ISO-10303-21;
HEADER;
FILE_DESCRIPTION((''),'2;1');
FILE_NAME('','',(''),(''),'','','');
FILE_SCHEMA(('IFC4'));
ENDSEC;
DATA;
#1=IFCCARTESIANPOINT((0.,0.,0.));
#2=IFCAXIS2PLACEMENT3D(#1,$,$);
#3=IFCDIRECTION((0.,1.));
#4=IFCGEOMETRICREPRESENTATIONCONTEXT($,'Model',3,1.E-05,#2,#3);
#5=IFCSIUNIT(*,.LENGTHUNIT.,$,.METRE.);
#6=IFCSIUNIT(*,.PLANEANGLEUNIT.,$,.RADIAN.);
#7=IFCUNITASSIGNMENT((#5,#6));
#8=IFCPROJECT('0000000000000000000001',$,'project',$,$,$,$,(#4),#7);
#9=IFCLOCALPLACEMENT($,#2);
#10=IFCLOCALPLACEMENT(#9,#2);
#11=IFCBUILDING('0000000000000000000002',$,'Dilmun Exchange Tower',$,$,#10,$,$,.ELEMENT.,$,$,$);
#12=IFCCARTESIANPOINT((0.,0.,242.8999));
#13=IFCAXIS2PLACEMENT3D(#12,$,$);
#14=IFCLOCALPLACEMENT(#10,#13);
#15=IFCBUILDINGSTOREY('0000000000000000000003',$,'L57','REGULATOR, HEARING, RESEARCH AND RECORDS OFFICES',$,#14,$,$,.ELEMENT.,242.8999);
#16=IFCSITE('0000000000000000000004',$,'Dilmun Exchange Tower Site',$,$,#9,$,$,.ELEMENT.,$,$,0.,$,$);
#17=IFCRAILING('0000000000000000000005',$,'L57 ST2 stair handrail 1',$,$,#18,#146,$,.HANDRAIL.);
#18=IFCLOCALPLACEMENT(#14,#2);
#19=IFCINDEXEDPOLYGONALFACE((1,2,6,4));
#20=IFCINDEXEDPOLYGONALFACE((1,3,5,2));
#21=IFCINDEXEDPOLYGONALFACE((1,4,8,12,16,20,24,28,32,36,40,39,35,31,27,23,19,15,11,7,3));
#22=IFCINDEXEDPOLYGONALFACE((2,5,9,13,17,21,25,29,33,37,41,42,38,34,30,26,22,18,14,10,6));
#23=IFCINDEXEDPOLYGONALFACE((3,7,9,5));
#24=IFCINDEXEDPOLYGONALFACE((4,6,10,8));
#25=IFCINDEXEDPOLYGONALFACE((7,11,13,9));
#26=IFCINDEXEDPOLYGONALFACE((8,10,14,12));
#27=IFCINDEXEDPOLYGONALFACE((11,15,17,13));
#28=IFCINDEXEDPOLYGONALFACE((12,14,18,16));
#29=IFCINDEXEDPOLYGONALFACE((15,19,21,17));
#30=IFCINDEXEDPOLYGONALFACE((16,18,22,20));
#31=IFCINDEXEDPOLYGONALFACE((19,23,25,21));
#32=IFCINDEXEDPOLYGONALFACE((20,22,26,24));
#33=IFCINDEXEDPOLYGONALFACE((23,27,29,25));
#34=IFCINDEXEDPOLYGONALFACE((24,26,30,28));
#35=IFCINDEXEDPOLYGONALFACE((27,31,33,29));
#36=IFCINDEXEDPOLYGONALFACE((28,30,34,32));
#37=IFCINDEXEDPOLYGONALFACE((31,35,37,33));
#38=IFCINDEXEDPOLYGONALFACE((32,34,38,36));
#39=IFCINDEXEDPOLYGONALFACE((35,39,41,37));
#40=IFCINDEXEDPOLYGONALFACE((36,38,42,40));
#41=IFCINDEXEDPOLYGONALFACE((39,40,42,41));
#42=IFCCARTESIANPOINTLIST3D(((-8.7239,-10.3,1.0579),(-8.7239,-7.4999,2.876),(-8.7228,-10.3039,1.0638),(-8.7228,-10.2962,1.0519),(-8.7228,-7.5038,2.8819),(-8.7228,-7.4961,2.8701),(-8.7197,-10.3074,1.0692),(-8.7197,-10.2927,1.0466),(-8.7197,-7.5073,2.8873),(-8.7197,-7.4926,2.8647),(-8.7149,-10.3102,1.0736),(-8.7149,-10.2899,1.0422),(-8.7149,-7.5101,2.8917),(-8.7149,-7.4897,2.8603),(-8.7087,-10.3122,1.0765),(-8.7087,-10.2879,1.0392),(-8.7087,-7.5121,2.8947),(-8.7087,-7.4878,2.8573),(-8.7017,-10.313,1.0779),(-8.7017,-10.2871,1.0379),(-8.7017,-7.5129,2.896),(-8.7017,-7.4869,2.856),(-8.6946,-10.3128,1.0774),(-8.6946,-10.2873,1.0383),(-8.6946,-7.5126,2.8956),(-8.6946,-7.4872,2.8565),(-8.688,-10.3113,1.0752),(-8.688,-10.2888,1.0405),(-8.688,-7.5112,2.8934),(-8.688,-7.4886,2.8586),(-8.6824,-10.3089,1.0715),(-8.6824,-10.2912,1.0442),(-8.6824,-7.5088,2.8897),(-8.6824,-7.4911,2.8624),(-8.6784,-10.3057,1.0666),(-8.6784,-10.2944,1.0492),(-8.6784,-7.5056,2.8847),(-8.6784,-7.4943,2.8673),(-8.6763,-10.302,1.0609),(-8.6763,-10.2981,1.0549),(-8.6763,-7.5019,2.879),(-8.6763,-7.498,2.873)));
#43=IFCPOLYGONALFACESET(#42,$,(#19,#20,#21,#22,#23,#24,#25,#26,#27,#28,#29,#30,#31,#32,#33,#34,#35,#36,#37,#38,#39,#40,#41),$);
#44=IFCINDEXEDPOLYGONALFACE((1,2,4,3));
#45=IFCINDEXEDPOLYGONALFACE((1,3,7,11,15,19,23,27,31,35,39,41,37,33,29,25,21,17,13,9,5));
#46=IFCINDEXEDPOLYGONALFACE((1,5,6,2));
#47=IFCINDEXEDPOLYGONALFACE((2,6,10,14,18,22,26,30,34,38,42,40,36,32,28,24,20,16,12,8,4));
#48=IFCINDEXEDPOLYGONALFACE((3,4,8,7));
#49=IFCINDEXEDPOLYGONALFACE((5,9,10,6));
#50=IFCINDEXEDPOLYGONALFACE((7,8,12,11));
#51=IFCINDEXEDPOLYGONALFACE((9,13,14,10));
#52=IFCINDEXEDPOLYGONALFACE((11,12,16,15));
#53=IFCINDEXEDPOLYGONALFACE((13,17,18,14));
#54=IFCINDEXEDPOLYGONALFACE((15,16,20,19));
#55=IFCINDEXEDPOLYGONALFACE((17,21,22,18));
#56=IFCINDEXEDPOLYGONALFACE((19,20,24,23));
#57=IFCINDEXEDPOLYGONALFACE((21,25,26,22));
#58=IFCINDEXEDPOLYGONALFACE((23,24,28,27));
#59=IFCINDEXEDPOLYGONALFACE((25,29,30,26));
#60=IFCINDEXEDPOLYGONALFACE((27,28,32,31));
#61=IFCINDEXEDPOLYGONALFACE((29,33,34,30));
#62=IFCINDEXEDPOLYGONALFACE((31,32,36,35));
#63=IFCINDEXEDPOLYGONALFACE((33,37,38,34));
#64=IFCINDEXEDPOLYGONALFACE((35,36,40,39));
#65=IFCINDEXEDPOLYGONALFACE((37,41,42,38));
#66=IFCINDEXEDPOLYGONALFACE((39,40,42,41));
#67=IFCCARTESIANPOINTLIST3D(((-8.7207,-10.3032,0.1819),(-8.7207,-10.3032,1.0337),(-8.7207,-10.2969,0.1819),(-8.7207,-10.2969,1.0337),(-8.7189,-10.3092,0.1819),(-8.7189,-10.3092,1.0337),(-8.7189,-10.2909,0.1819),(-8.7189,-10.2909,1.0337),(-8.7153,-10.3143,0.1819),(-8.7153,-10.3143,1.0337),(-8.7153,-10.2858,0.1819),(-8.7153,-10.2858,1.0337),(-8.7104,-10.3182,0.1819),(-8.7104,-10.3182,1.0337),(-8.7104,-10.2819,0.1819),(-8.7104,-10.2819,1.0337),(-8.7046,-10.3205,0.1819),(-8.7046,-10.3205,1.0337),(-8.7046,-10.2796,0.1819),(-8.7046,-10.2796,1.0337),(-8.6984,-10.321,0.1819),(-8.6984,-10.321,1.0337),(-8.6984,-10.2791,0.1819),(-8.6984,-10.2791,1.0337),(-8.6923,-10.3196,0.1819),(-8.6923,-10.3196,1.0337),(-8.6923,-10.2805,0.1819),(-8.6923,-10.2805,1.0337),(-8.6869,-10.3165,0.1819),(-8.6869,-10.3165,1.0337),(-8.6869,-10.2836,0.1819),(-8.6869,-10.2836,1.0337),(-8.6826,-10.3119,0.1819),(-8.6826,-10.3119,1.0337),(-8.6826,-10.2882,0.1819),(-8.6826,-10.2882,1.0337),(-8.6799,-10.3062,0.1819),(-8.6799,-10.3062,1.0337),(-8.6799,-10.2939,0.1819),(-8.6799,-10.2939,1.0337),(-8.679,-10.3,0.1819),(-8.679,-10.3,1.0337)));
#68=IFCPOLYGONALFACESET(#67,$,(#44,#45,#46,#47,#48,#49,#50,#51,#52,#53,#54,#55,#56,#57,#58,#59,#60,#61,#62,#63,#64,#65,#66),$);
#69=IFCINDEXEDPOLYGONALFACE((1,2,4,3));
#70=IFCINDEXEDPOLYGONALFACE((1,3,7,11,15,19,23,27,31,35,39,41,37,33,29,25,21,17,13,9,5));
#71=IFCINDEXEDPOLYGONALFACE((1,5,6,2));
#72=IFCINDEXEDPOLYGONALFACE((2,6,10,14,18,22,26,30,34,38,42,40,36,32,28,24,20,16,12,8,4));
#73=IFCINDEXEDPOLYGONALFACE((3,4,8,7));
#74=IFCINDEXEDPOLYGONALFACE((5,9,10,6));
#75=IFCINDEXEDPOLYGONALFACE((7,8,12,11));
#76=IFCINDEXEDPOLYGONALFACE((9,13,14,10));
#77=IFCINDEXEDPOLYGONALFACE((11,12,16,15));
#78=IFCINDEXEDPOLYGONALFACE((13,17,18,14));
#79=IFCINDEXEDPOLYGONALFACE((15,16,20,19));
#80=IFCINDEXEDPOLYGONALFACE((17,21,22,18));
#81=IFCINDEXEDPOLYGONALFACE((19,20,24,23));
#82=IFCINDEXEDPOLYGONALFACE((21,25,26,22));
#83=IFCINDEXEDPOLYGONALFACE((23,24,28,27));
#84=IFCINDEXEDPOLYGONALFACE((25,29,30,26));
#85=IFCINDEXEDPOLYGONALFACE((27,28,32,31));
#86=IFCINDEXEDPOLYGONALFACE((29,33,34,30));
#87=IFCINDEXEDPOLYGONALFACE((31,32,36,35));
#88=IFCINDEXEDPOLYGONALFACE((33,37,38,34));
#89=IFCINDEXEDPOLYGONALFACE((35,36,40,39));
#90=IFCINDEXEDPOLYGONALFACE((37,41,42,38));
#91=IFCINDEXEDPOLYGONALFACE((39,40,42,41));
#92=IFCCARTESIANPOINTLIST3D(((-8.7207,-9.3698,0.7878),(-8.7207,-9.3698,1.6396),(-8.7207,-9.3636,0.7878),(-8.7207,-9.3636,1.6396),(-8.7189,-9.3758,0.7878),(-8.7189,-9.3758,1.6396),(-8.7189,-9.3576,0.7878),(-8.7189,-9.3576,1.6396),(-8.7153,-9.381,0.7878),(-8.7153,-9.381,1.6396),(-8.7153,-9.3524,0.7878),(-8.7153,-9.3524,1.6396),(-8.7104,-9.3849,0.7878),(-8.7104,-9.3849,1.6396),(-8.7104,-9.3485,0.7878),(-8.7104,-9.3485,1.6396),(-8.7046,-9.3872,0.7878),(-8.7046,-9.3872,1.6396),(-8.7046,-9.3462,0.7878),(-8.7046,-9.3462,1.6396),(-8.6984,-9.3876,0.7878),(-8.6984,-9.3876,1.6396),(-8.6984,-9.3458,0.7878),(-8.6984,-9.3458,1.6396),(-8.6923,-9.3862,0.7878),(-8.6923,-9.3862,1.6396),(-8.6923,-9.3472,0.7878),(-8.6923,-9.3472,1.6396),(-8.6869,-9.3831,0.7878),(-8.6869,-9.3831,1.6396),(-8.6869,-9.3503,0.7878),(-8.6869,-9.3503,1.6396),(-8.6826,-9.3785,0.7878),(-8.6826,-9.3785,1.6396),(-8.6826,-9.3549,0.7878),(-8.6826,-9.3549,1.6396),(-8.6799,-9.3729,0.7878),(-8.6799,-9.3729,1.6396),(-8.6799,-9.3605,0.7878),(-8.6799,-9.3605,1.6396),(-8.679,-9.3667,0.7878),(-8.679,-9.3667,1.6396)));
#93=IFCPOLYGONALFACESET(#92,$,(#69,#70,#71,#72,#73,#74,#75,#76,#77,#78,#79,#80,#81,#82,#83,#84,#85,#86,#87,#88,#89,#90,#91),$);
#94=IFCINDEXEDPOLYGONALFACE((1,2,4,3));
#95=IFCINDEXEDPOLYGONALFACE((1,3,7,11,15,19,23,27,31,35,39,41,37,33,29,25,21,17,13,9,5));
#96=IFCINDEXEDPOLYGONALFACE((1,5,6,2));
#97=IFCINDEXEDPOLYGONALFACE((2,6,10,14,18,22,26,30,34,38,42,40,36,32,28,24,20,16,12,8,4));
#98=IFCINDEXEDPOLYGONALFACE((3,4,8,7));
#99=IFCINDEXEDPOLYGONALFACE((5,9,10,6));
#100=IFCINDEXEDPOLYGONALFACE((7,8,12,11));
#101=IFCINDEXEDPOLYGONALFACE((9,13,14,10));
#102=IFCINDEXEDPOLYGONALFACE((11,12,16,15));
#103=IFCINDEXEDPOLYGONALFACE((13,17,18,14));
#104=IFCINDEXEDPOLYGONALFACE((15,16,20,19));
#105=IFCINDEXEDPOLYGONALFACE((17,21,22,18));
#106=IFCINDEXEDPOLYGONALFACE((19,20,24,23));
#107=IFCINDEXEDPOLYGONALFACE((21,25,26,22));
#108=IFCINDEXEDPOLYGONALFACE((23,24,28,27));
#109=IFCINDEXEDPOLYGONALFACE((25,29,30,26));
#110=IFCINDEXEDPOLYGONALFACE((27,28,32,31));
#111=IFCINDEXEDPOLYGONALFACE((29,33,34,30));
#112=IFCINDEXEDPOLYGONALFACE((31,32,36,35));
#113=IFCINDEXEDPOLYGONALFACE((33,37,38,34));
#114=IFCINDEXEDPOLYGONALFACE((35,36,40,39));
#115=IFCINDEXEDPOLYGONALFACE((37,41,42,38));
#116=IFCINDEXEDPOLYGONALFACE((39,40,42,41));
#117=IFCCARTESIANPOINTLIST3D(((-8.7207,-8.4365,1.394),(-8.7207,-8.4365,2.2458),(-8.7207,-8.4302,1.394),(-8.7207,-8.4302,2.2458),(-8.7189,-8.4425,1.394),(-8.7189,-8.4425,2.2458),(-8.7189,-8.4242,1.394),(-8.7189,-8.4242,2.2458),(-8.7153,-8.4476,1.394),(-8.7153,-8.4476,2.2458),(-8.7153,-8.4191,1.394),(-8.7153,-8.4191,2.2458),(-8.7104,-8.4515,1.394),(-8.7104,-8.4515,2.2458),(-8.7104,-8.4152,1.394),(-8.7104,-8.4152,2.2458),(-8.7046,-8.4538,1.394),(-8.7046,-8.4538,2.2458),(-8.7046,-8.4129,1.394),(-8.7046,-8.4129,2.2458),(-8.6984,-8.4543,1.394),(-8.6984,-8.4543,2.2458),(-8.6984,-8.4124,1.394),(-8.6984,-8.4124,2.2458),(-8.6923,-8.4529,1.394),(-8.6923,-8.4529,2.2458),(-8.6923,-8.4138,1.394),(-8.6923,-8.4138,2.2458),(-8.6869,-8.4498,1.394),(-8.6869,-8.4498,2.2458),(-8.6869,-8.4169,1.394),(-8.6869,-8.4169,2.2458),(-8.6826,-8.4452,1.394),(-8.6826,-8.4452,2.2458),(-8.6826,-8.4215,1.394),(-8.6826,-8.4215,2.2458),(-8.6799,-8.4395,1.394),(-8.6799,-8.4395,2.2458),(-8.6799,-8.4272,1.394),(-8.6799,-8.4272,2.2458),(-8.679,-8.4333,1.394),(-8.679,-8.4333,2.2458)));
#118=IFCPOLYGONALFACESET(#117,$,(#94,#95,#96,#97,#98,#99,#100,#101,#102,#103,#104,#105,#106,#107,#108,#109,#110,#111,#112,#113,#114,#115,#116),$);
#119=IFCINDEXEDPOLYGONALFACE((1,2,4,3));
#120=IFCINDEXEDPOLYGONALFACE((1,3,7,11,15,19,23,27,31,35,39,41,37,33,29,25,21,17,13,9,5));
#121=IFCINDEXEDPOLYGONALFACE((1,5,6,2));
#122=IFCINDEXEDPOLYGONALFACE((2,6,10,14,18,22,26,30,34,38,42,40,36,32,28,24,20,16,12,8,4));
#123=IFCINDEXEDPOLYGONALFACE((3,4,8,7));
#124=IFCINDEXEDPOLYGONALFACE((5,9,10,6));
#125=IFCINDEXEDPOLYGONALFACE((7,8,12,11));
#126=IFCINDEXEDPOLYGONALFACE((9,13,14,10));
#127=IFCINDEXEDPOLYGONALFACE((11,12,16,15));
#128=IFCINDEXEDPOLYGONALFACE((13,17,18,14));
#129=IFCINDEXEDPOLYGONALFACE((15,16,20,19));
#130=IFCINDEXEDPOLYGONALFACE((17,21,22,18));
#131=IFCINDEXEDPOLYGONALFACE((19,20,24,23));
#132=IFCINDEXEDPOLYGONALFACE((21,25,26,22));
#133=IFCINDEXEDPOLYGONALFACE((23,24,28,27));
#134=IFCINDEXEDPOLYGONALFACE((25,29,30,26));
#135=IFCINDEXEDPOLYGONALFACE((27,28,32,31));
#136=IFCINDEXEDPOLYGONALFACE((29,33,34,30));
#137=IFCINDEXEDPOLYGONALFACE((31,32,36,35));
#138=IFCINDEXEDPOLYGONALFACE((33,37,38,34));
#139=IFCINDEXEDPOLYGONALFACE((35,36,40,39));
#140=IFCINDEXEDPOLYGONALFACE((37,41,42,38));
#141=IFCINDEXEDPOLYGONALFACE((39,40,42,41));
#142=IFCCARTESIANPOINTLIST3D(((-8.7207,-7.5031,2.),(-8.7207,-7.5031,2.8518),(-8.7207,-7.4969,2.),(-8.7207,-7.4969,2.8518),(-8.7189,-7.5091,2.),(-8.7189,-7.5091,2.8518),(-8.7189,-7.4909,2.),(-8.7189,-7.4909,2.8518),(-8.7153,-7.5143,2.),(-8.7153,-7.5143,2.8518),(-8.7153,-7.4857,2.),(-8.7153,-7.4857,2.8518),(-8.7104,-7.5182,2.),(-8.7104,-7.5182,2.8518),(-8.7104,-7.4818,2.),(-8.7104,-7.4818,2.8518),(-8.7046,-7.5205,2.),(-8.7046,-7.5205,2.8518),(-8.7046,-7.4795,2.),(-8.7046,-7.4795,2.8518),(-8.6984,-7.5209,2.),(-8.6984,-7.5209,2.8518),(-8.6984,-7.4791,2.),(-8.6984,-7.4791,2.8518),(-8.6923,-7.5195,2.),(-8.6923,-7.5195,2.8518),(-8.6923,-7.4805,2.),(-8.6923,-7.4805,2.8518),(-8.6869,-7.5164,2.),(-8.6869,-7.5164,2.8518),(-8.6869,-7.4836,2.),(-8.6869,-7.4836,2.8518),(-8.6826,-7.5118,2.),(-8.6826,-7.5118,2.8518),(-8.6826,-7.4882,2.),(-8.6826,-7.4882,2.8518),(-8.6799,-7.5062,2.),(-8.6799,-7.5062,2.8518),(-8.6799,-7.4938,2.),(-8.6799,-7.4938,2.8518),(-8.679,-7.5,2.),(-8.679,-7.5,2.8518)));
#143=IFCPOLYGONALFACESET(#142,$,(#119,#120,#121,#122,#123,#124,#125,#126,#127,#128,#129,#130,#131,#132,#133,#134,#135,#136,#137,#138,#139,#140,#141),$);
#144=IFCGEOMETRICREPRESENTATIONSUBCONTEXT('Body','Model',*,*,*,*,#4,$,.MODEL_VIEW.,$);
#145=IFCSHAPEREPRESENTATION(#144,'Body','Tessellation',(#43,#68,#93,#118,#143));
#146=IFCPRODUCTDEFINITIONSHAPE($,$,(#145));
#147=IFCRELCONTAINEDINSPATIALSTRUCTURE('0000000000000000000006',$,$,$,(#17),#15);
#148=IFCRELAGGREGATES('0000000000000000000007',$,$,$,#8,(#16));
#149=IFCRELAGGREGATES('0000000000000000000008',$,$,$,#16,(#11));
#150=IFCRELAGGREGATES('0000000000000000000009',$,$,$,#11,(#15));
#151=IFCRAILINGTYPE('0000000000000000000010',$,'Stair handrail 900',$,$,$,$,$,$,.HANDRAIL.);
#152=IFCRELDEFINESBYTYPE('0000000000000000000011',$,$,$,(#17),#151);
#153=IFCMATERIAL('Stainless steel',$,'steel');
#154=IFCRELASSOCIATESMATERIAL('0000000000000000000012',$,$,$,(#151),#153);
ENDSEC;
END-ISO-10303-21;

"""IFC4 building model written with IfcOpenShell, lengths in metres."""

from ifc_helpers import new_model, si_unit, direction, frame, origin, origin_2d, place, context, subcontext, project, spatial, circle, extrude, material, type_object, element, save


model = new_model("IFC4")

# Units and contexts
model_context = context("Model", 3, precision=1e-05, world=origin(), true_north=direction((0.0, 1.0)))
body_context = subcontext(model_context, "Body", "Model", "MODEL_VIEW")
ifc_project = project(units=[si_unit("LENGTHUNIT", "METRE"), si_unit("PLANEANGLEUNIT", "RADIAN")], contexts=[model_context])

# Site, building, storey
site_placement = place(None, origin())
site = spatial("IfcSite", under=ifc_project, at=site_placement, Name="Dilmun Exchange Tower Site", CompositionType="ELEMENT", RefElevation=0.0)
building_placement = place(site_placement, origin())
building = spatial("IfcBuilding", under=site, at=building_placement, Name="Dilmun Exchange Tower", CompositionType="ELEMENT")
storey_placement = place(building_placement, frame((0.0, 0.0, 242.8999)))
storey = spatial("IfcBuildingStorey", under=building, at=storey_placement, Name="L57", Description="REGULATOR, HEARING, RESEARCH AND RECORDS OFFICES", CompositionType="ELEMENT", Elevation=242.8999)

# Railing
ifc_material_1 = material(Name="Stainless steel", Category="steel")
railing_type = type_object("IfcRailingType", Name="Stair handrail 900", PredefinedType="HANDRAIL", material=ifc_material_1)
railing_placement = place(storey_placement, frame((-8.7, -10.3, 0.1819)))
element("IfcRailing", 1, at=railing_placement, inside=storey, type_object=railing_type, Name="L57 ST2 stair handrail 1", PredefinedType="HANDRAIL", context=body_context, shape_type="SweptSolid", body=[
    extrude(circle(Radius=0.0239, at=origin_2d()), frame((0.0, 0.0, 0.876), z_axis=(0.0, 0.838706, 0.544585), x_axis=(-1.0, 0.0, 0.0)), (0.0, 0.0, 1.0), 3.3386),
    extrude(circle(Radius=0.021, at=origin_2d()), origin(), (0.0, 0.0, 1.0), 0.8518),
    extrude(circle(Radius=0.021, at=origin_2d()), frame((0.0, 0.9333, 0.606)), (0.0, 0.0, 1.0), 0.8518),
    extrude(circle(Radius=0.021, at=origin_2d()), frame((0.0, 1.8667, 1.2122)), (0.0, 0.0, 1.0), 0.8518),
    extrude(circle(Radius=0.021, at=origin_2d()), frame((0.0, 2.8, 1.8181)), (0.0, 0.0, 1.0), 0.8518),
])

save(model, "model.ifc")
